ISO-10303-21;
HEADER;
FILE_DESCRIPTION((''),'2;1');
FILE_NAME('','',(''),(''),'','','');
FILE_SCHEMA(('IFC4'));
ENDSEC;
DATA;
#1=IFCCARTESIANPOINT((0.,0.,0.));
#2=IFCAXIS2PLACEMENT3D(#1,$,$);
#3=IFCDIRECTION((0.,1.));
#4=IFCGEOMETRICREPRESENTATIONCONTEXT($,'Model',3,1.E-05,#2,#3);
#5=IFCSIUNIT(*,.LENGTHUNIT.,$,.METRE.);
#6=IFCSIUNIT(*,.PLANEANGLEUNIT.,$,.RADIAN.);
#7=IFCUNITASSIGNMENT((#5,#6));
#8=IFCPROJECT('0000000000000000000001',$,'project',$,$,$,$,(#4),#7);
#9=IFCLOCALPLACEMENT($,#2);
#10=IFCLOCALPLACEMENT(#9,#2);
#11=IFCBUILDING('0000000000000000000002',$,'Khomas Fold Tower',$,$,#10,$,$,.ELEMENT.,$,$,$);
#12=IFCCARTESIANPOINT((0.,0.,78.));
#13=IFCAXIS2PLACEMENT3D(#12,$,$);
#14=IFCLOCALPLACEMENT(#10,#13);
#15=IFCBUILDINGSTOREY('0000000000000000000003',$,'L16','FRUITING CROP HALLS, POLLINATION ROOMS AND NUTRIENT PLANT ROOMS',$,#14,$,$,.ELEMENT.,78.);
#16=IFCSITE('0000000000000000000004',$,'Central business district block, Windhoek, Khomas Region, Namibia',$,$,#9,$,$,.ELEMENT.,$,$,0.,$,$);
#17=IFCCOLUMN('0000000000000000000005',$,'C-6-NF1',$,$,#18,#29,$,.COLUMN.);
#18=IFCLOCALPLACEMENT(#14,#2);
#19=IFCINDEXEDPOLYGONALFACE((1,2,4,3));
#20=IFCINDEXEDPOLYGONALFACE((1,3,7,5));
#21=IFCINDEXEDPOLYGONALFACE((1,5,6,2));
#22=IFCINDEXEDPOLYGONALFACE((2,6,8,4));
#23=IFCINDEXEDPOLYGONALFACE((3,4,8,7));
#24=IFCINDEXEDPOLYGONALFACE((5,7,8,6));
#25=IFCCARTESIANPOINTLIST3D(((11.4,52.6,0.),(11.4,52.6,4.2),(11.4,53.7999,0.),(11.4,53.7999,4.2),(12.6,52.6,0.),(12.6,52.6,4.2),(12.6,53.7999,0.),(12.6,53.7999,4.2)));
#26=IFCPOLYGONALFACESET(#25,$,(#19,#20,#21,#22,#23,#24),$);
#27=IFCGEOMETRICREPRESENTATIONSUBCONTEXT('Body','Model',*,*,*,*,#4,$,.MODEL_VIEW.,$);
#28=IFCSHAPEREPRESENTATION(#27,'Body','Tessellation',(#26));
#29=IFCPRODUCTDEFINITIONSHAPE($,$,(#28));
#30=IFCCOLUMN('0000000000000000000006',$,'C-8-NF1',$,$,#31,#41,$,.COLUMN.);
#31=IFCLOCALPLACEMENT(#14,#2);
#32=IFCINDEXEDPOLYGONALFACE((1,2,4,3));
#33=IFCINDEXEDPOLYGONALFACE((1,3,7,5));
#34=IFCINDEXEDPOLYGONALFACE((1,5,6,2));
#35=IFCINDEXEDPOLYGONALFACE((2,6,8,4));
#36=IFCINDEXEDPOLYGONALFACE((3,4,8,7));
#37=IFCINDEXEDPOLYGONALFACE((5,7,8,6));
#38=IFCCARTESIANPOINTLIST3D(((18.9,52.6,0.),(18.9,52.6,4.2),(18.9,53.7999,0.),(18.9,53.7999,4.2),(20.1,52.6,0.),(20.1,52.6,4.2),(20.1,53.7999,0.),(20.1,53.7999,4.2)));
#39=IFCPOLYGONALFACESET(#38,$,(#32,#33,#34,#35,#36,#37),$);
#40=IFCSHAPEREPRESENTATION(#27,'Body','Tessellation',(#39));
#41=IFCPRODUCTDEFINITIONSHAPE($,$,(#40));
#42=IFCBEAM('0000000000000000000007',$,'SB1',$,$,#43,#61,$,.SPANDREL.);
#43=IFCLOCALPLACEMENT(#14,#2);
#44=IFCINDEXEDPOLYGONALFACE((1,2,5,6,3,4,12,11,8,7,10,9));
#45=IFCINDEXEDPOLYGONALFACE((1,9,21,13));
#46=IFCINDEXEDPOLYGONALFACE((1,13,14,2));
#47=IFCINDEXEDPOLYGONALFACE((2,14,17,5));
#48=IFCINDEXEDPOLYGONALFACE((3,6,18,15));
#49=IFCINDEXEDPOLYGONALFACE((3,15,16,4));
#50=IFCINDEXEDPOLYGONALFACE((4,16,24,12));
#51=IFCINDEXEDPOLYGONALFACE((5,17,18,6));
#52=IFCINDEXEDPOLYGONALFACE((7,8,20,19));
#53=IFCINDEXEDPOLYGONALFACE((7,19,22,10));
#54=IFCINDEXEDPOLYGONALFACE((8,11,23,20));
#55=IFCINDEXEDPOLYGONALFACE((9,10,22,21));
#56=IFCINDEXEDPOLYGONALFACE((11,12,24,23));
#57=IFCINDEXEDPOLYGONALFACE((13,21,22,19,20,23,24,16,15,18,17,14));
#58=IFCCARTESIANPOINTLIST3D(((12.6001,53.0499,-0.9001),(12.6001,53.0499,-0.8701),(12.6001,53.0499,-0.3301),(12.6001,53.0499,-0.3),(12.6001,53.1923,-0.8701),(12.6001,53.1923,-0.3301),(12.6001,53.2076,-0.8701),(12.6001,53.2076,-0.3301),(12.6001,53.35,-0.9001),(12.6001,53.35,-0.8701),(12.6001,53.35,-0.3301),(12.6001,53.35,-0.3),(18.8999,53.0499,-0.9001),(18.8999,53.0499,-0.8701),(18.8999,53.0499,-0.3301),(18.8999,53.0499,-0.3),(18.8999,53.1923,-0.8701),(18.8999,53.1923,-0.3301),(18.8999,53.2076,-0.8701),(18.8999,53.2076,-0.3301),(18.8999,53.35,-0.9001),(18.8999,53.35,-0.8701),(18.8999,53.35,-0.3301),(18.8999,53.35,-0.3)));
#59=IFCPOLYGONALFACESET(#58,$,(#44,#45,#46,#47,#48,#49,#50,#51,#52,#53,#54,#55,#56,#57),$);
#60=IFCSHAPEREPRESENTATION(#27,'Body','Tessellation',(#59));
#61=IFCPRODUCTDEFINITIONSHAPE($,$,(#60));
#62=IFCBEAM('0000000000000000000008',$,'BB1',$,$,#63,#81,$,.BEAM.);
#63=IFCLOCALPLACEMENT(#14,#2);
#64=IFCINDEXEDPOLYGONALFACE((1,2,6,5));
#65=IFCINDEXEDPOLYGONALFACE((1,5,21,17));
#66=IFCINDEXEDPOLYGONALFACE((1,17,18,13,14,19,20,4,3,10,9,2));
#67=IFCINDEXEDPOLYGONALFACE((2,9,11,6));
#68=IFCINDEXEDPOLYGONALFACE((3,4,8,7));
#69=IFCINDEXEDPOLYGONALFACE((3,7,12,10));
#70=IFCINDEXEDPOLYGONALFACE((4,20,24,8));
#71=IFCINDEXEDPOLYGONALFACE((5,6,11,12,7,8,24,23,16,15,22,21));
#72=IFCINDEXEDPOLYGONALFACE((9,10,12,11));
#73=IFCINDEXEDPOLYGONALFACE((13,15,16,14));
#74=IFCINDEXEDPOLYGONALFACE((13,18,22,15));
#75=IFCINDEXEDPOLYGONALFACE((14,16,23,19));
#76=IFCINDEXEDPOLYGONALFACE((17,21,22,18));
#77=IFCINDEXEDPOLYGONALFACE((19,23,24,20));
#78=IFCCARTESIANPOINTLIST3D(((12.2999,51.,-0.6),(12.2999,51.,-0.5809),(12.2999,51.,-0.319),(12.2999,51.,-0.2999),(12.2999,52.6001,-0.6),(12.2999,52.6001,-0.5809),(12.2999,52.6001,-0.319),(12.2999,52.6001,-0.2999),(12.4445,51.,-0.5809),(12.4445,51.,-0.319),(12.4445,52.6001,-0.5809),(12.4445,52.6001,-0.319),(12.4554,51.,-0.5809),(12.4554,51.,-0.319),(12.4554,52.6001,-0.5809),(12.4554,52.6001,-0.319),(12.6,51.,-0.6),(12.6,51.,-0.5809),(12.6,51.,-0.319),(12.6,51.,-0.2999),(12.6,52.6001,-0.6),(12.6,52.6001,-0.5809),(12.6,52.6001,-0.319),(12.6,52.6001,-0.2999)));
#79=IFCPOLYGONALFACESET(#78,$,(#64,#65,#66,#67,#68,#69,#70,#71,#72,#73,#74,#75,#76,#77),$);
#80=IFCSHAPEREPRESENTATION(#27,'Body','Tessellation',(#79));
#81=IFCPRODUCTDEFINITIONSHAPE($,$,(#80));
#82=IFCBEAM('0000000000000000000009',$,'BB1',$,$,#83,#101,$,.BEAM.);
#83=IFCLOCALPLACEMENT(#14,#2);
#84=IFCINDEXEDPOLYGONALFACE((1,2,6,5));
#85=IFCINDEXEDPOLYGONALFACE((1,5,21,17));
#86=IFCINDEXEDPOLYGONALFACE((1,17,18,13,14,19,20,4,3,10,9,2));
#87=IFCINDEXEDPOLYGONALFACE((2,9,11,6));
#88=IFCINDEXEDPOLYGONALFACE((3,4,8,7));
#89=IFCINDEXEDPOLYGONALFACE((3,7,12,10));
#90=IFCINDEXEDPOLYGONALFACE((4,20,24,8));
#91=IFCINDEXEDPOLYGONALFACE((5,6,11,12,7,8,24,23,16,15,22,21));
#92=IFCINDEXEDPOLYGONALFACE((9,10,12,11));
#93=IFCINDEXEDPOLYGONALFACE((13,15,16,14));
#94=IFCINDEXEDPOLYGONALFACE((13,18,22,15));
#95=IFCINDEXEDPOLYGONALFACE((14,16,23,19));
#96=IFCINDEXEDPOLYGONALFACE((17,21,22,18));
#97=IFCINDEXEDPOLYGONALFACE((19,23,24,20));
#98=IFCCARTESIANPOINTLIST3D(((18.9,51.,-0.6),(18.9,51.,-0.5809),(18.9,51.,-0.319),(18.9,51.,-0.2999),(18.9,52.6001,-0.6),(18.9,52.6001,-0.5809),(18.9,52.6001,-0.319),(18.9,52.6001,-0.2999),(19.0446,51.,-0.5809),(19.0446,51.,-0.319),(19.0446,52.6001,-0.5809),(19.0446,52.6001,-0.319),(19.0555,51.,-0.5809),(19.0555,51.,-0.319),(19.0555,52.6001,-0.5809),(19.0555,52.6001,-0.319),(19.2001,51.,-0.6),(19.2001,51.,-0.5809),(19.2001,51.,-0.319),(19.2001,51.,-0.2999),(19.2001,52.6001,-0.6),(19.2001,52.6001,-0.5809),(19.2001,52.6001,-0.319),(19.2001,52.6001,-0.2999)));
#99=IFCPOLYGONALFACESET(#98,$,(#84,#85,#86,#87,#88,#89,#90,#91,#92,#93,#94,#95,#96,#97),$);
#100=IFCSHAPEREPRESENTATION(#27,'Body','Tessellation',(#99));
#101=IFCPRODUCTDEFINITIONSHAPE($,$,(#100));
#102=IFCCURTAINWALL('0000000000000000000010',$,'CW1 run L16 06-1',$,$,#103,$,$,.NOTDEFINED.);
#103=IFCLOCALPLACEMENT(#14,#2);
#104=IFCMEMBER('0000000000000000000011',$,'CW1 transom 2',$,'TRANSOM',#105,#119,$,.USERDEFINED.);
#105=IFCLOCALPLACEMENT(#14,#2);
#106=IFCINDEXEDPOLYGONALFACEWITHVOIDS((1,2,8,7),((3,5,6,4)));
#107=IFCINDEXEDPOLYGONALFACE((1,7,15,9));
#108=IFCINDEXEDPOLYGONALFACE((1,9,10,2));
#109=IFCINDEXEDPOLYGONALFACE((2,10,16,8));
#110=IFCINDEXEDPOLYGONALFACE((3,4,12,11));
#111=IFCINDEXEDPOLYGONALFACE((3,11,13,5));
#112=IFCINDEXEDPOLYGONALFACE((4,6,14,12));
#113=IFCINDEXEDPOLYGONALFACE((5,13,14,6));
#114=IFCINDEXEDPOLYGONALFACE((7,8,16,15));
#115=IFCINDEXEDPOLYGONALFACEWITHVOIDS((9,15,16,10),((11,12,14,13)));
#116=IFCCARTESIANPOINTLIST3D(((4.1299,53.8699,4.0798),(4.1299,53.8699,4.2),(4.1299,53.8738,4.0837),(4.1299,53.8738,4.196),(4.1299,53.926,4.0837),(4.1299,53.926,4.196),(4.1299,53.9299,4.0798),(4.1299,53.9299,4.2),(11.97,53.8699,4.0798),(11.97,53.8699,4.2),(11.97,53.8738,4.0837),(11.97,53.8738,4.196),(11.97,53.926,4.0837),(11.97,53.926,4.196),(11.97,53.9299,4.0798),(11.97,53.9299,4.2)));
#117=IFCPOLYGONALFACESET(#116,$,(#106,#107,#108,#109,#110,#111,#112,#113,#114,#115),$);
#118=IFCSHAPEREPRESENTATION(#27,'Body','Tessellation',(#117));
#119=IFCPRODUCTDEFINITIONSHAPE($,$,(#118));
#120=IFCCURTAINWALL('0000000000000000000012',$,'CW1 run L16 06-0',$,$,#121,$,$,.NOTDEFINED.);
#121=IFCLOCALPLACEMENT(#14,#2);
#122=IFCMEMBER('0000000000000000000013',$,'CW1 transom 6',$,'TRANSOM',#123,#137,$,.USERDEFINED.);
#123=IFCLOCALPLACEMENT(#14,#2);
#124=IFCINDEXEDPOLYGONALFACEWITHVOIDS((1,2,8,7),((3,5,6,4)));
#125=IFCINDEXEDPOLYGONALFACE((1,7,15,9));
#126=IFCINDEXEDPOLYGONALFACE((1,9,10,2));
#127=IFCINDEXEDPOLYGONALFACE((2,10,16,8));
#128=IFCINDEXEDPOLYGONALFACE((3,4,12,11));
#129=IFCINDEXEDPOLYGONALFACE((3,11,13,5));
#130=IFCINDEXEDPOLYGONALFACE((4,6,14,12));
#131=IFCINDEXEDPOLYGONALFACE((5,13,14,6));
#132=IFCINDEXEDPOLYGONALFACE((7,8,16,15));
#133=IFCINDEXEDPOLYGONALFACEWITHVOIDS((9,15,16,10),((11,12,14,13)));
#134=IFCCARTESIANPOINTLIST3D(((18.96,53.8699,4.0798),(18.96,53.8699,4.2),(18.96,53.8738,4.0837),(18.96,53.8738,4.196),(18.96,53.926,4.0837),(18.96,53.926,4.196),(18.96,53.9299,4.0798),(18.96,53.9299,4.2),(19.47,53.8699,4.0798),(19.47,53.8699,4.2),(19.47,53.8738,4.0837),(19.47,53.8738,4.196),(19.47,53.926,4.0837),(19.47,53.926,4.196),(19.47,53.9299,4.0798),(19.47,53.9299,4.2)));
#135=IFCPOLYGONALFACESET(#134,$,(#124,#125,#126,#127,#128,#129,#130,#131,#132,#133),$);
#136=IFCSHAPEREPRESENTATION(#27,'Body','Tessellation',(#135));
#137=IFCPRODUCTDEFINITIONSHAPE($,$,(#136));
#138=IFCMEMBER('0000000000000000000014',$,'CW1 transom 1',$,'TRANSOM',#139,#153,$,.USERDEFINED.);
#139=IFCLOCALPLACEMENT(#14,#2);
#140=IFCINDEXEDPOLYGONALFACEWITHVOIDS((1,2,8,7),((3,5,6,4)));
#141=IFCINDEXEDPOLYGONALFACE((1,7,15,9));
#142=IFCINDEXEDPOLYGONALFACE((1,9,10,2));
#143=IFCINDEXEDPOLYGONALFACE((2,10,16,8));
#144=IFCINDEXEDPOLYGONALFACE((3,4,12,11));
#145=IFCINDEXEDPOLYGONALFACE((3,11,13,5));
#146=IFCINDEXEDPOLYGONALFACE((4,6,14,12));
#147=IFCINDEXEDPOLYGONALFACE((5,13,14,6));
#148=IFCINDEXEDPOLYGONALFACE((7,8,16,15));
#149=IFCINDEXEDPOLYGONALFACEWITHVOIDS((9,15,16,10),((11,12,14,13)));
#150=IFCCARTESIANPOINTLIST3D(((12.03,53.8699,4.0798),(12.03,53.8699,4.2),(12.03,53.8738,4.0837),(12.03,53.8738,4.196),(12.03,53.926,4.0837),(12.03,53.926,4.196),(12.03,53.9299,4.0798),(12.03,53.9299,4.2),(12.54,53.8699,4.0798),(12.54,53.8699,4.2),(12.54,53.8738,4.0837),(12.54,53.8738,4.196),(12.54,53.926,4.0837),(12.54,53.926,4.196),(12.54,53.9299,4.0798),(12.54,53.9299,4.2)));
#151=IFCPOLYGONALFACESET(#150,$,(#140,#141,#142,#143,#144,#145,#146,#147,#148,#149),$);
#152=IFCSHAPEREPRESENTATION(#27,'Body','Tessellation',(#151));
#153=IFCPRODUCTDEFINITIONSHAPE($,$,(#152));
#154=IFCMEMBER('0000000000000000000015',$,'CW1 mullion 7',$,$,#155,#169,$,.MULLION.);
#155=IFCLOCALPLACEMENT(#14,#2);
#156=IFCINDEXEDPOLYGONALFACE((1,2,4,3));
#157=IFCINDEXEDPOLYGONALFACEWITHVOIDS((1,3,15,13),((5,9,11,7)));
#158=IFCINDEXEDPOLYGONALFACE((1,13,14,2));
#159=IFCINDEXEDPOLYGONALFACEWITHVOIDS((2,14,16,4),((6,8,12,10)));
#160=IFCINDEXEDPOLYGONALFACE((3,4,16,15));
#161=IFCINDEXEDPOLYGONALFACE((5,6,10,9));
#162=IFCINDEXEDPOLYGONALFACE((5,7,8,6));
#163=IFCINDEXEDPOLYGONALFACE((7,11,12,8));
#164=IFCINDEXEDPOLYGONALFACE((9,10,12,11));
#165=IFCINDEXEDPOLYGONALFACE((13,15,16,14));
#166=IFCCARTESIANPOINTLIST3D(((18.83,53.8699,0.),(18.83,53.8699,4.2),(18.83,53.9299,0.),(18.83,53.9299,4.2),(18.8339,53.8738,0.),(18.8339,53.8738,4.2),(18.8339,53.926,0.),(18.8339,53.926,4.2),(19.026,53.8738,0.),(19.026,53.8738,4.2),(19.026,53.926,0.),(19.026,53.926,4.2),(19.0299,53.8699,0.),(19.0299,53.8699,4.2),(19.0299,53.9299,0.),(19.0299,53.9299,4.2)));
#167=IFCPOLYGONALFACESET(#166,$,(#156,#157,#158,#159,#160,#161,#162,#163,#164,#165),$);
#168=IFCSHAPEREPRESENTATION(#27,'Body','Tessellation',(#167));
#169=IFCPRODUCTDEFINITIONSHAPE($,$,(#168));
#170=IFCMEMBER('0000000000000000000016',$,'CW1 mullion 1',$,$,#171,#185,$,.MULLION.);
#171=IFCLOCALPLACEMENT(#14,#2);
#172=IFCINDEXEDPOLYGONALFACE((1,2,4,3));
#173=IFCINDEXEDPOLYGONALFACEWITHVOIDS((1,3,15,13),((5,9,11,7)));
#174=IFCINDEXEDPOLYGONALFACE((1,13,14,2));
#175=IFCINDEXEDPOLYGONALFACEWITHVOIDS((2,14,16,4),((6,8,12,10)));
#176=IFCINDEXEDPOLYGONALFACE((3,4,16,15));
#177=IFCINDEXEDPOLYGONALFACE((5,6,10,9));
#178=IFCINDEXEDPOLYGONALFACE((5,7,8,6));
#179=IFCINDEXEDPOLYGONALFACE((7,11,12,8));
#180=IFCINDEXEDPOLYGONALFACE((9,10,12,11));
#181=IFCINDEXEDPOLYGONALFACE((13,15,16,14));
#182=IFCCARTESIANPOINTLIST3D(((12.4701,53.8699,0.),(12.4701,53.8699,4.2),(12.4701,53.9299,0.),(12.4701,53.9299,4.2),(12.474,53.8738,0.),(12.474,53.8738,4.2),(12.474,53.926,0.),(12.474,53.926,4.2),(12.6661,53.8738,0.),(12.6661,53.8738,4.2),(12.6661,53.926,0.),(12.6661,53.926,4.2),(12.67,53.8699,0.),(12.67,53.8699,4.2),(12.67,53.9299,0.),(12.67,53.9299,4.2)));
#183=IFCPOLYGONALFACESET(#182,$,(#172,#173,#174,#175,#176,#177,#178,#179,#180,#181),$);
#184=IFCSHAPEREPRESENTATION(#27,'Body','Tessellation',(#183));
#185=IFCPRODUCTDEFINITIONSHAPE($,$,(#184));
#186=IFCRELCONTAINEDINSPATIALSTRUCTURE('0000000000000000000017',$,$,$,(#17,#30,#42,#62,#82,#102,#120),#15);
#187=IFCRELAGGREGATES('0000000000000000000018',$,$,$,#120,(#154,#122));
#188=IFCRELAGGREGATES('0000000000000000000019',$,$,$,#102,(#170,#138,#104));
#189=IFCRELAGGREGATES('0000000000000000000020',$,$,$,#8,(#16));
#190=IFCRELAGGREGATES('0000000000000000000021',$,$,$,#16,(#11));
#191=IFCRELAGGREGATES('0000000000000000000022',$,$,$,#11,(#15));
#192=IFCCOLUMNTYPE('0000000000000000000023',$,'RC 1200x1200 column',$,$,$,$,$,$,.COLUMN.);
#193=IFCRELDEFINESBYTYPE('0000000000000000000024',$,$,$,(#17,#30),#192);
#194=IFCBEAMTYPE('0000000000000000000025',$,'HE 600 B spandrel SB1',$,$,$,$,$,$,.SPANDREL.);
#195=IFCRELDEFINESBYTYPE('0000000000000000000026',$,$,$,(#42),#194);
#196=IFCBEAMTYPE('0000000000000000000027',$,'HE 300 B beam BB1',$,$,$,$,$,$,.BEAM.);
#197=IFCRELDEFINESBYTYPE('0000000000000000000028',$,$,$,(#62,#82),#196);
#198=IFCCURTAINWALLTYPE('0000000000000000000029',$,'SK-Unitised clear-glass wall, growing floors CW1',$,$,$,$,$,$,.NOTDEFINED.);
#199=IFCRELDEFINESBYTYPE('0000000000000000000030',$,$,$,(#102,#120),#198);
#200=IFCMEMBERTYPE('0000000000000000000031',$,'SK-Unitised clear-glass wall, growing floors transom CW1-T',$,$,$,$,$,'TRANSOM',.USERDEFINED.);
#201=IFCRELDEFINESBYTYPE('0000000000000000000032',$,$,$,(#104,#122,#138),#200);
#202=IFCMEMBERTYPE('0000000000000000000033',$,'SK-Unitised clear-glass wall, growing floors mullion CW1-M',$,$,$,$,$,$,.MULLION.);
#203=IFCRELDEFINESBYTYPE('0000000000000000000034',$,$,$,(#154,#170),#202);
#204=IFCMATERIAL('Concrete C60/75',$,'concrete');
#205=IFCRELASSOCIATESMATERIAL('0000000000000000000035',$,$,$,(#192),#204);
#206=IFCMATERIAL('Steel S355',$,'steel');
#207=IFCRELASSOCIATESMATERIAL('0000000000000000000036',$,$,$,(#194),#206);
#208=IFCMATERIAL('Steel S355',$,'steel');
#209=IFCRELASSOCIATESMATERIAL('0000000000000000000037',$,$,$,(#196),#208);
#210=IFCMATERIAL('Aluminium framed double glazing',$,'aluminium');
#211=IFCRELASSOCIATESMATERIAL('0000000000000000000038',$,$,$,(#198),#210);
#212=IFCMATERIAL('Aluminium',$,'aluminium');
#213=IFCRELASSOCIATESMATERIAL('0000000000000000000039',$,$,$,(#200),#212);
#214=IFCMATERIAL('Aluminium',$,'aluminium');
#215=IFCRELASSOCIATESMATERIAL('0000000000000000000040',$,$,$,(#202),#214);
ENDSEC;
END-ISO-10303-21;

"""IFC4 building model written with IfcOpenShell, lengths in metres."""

from ifc_helpers import new_model, si_unit, direction, frame, origin, origin_2d, place, context, subcontext, project, spatial, rectangle, hollow_rectangle, i_section, extrude, source, transform, mapped, material, material_profile, profile_set, type_object, element, aggregate, save


model = new_model("IFC4")

# Units and contexts
model_context = context("Model", 3, precision=1e-05, world=origin(), true_north=direction((0.0, 1.0)))
body_context = subcontext(model_context, "Body", "Model", "MODEL_VIEW")
ifc_project = project(units=[si_unit("LENGTHUNIT", "METRE"), si_unit("PLANEANGLEUNIT", "RADIAN")], contexts=[model_context])

# Site, building, storey
site_placement = place(None, origin())
site = spatial("IfcSite", under=ifc_project, at=site_placement, Name="Central business district block, Windhoek, Khomas Region, Namibia", CompositionType="ELEMENT", RefElevation=0.0)
building_placement = place(site_placement, origin())
building = spatial("IfcBuilding", under=site, at=building_placement, Name="Khomas Fold Tower", CompositionType="ELEMENT")
storey_placement = place(building_placement, frame((0.0, 0.0, 78.0)))
storey = spatial("IfcBuildingStorey", under=building, at=storey_placement, Name="L16", Description="FRUITING CROP HALLS, POLLINATION ROOMS AND NUTRIENT PLANT ROOMS", CompositionType="ELEMENT", Elevation=78.0)

# Columns
ifc_material_1 = material(Name="Concrete C60/75", Category="concrete")
ifc_material_profile_1 = material_profile(ifc_material_1, rectangle(XDim=1.2, YDim=1.2, at=origin_2d()), Name="RC 1200x1200")
ifc_profile_set_1 = profile_set([ifc_material_profile_1], Name="Concrete C60/75")
column_type = type_object("IfcColumnType", Name="RC 1200x1200 column", PredefinedType="COLUMN", material=ifc_profile_set_1)
shared_shape_1 = source(origin(), body_context, "Body", "SweptSolid", [
    extrude(rectangle(XDim=1.2, YDim=1.2, at=origin_2d()), origin(), (0.0, 0.0, 1.0), 4.2),
])
for number, where, z_axis, x_axis, name in (
    (1, (12.0, 53.2, 0.0), (0.0, 0.0, 1.0), (1.0, 0.0, 0.0), "C-6-NF1"),
    (2, (19.5, 53.2, 0.0), (0.0, 0.0, 1.0), (1.0, 0.0, 0.0), "C-8-NF1"),
):
    element("IfcColumn", number, at=place(storey_placement, frame(where, z_axis=z_axis, x_axis=x_axis)), inside=storey, type_object=column_type, Name=name, PredefinedType="COLUMN", context=body_context, shape_type="MappedRepresentation", body=[
        mapped(shared_shape_1, transform((0.0, 0.0, 0.0))),
    ])

# Beams
ifc_material_2 = material(Name="Steel S355", Category="steel")
ifc_material_profile_2 = material_profile(ifc_material_2, i_section(OverallWidth=0.3, OverallDepth=0.6001, WebThickness=0.0154, FlangeThickness=0.03, at=origin_2d()), Name="HE 600 B")
ifc_profile_set_2 = profile_set([ifc_material_profile_2], Name="Steel S355")
beam_type_1 = type_object("IfcBeamType", Name="HE 600 B spandrel SB1", PredefinedType="SPANDREL", material=ifc_profile_set_2)
shared_shape_2 = source(origin(), body_context, "Body", "SweptSolid", [
    extrude(i_section(OverallWidth=0.3, OverallDepth=0.6001, WebThickness=0.0154, FlangeThickness=0.03, at=origin_2d()), origin(), (0.0, 0.0, 1.0), 6.2998),
])
beam_placement = place(storey_placement, frame((12.6001, 53.2, -0.6001), z_axis=(1.0, 0.0, 0.0), x_axis=(0.0, 1.0, 0.0)))
element("IfcBeam", 3, at=beam_placement, inside=storey, type_object=beam_type_1, Name="SB1", PredefinedType="SPANDREL", context=body_context, shape_type="MappedRepresentation", body=[
    mapped(shared_shape_2, transform((0.0, 0.0, 0.0))),
])
ifc_material_3 = material(Name="Steel S355", Category="steel")
ifc_material_profile_3 = material_profile(ifc_material_3, i_section(OverallWidth=0.3, OverallDepth=0.3, WebThickness=0.011, FlangeThickness=0.019, at=origin_2d()), Name="HE 300 B")
ifc_profile_set_3 = profile_set([ifc_material_profile_3], Name="Steel S355")
beam_type_2 = type_object("IfcBeamType", Name="HE 300 B beam BB1", PredefinedType="BEAM", material=ifc_profile_set_3)
shared_shape_3 = source(origin(), body_context, "Body", "SweptSolid", [
    extrude(i_section(OverallWidth=0.3, OverallDepth=0.3, WebThickness=0.011, FlangeThickness=0.019, at=origin_2d()), origin(), (0.0, 0.0, 1.0), 1.6001),
])
for number, where, z_axis, x_axis, name in (
    (4, (12.45, 51.0, -0.45), (0.0, 1.0, 0.0), (-1.0, 0.0, 0.0), "BB1"),
    (5, (19.05, 51.0, -0.45), (0.0, 1.0, 0.0), (-1.0, 0.0, 0.0), "BB1"),
):
    element("IfcBeam", number, at=place(storey_placement, frame(where, z_axis=z_axis, x_axis=x_axis)), inside=storey, type_object=beam_type_2, Name=name, PredefinedType="BEAM", context=body_context, shape_type="MappedRepresentation", body=[
        mapped(shared_shape_3, transform((0.0, 0.0, 0.0))),
    ])

# Curtain walls, members
ifc_material_4 = material(Name="Aluminium framed double glazing", Category="aluminium")
curtain_wall_type = type_object("IfcCurtainWallType", Name="SK-Unitised clear-glass wall, growing floors CW1", PredefinedType="NOTDEFINED", material=ifc_material_4)
curtain_wall_1_placement = place(storey_placement, origin())
curtain_wall_1 = element("IfcCurtainWall", 6, at=curtain_wall_1_placement, inside=storey, type_object=curtain_wall_type, Name="CW1 run L16 06-1", PredefinedType="NOTDEFINED")
ifc_material_5 = material(Name="Aluminium", Category="aluminium")
ifc_material_profile_4 = material_profile(ifc_material_5, hollow_rectangle(XDim=0.0601, YDim=0.1201, WallThickness=0.0039, at=origin_2d()), Name="SK-Unitised clear-glass wall, growing floors transom CW1-T")
ifc_profile_set_4 = profile_set([ifc_material_profile_4], Name="Aluminium")
member_type_1 = type_object("IfcMemberType", Name="SK-Unitised clear-glass wall, growing floors transom CW1-T", ElementType="TRANSOM", PredefinedType="USERDEFINED", material=ifc_profile_set_4)
shared_shape_4 = source(origin(), body_context, "Body", "SweptSolid", [
    extrude(hollow_rectangle(XDim=0.0601, YDim=0.1201, WallThickness=0.0039, at=origin_2d()), origin(), (0.0, 0.0, 1.0), 7.8401),
])
member_1_placement = place(storey_placement, frame((11.97, 53.8999, 4.1399), z_axis=(-1.0, 0.0, 0.0), x_axis=(0.0, -1.0, 0.0)))
member_1 = element("IfcMember", 7, at=member_1_placement, type_object=member_type_1, Name="CW1 transom 2", ObjectType="TRANSOM", PredefinedType="USERDEFINED", context=body_context, shape_type="MappedRepresentation", body=[
    mapped(shared_shape_4, transform((0.0, 0.0, 0.0))),
])
curtain_wall_2_placement = place(storey_placement, origin())
curtain_wall_2 = element("IfcCurtainWall", 8, at=curtain_wall_2_placement, inside=storey, type_object=curtain_wall_type, Name="CW1 run L16 06-0", PredefinedType="NOTDEFINED")
shared_shape_5 = source(origin(), body_context, "Body", "SweptSolid", [
    extrude(hollow_rectangle(XDim=0.0601, YDim=0.1201, WallThickness=0.0039, at=origin_2d()), origin(), (0.0, 0.0, 1.0), 0.51),
])
member_2_placement = place(storey_placement, frame((19.47, 53.8999, 4.1399), z_axis=(-1.0, 0.0, 0.0), x_axis=(0.0, -1.0, 0.0)))
member_2 = element("IfcMember", 9, at=member_2_placement, type_object=member_type_1, Name="CW1 transom 6", ObjectType="TRANSOM", PredefinedType="USERDEFINED", context=body_context, shape_type="MappedRepresentation", body=[
    mapped(shared_shape_5, transform((0.0, 0.0, 0.0))),
])

# Members
member_3_placement = place(storey_placement, frame((12.54, 53.8999, 4.1399), z_axis=(-1.0, 0.0, 0.0), x_axis=(0.0, -1.0, 0.0)))
member_3 = element("IfcMember", 10, at=member_3_placement, type_object=member_type_1, Name="CW1 transom 1", ObjectType="TRANSOM", PredefinedType="USERDEFINED", context=body_context, shape_type="MappedRepresentation", body=[
    mapped(shared_shape_5, transform((0.0, 0.0, 0.0))),
])
ifc_material_6 = material(Name="Aluminium", Category="aluminium")
ifc_material_profile_5 = material_profile(ifc_material_6, hollow_rectangle(XDim=0.0601, YDim=0.2, WallThickness=0.0039, at=origin_2d()), Name="SK-Unitised clear-glass wall, growing floors mullion CW1-M")
ifc_profile_set_5 = profile_set([ifc_material_profile_5], Name="Aluminium")
member_type_2 = type_object("IfcMemberType", Name="SK-Unitised clear-glass wall, growing floors mullion CW1-M", PredefinedType="MULLION", material=ifc_profile_set_5)
shared_shape_6 = source(origin(), body_context, "Body", "SweptSolid", [
    extrude(hollow_rectangle(XDim=0.0601, YDim=0.2, WallThickness=0.0039, at=origin_2d()), origin(), (0.0, 0.0, 1.0), 4.2),
])
member_4_placement = place(storey_placement, frame((18.9299, 53.8999, 0.0), z_axis=(0.0, 0.0, 1.0), x_axis=(0.0, -1.0, 0.0)))
member_4 = element("IfcMember", 11, at=member_4_placement, type_object=member_type_2, Name="CW1 mullion 7", PredefinedType="MULLION", context=body_context, shape_type="MappedRepresentation", body=[
    mapped(shared_shape_6, transform((0.0, 0.0, 0.0))),
])
member_5_placement = place(storey_placement, frame((12.5701, 53.8999, 0.0), z_axis=(0.0, 0.0, 1.0), x_axis=(0.0, -1.0, 0.0)))
member_5 = element("IfcMember", 12, at=member_5_placement, type_object=member_type_2, Name="CW1 mullion 1", PredefinedType="MULLION", context=body_context, shape_type="MappedRepresentation", body=[
    mapped(shared_shape_6, transform((0.0, 0.0, 0.0))),
])

aggregate(curtain_wall_2, [member_4, member_2])
aggregate(curtain_wall_1, [member_5, member_3, member_1])

save(model, "model.ifc")
